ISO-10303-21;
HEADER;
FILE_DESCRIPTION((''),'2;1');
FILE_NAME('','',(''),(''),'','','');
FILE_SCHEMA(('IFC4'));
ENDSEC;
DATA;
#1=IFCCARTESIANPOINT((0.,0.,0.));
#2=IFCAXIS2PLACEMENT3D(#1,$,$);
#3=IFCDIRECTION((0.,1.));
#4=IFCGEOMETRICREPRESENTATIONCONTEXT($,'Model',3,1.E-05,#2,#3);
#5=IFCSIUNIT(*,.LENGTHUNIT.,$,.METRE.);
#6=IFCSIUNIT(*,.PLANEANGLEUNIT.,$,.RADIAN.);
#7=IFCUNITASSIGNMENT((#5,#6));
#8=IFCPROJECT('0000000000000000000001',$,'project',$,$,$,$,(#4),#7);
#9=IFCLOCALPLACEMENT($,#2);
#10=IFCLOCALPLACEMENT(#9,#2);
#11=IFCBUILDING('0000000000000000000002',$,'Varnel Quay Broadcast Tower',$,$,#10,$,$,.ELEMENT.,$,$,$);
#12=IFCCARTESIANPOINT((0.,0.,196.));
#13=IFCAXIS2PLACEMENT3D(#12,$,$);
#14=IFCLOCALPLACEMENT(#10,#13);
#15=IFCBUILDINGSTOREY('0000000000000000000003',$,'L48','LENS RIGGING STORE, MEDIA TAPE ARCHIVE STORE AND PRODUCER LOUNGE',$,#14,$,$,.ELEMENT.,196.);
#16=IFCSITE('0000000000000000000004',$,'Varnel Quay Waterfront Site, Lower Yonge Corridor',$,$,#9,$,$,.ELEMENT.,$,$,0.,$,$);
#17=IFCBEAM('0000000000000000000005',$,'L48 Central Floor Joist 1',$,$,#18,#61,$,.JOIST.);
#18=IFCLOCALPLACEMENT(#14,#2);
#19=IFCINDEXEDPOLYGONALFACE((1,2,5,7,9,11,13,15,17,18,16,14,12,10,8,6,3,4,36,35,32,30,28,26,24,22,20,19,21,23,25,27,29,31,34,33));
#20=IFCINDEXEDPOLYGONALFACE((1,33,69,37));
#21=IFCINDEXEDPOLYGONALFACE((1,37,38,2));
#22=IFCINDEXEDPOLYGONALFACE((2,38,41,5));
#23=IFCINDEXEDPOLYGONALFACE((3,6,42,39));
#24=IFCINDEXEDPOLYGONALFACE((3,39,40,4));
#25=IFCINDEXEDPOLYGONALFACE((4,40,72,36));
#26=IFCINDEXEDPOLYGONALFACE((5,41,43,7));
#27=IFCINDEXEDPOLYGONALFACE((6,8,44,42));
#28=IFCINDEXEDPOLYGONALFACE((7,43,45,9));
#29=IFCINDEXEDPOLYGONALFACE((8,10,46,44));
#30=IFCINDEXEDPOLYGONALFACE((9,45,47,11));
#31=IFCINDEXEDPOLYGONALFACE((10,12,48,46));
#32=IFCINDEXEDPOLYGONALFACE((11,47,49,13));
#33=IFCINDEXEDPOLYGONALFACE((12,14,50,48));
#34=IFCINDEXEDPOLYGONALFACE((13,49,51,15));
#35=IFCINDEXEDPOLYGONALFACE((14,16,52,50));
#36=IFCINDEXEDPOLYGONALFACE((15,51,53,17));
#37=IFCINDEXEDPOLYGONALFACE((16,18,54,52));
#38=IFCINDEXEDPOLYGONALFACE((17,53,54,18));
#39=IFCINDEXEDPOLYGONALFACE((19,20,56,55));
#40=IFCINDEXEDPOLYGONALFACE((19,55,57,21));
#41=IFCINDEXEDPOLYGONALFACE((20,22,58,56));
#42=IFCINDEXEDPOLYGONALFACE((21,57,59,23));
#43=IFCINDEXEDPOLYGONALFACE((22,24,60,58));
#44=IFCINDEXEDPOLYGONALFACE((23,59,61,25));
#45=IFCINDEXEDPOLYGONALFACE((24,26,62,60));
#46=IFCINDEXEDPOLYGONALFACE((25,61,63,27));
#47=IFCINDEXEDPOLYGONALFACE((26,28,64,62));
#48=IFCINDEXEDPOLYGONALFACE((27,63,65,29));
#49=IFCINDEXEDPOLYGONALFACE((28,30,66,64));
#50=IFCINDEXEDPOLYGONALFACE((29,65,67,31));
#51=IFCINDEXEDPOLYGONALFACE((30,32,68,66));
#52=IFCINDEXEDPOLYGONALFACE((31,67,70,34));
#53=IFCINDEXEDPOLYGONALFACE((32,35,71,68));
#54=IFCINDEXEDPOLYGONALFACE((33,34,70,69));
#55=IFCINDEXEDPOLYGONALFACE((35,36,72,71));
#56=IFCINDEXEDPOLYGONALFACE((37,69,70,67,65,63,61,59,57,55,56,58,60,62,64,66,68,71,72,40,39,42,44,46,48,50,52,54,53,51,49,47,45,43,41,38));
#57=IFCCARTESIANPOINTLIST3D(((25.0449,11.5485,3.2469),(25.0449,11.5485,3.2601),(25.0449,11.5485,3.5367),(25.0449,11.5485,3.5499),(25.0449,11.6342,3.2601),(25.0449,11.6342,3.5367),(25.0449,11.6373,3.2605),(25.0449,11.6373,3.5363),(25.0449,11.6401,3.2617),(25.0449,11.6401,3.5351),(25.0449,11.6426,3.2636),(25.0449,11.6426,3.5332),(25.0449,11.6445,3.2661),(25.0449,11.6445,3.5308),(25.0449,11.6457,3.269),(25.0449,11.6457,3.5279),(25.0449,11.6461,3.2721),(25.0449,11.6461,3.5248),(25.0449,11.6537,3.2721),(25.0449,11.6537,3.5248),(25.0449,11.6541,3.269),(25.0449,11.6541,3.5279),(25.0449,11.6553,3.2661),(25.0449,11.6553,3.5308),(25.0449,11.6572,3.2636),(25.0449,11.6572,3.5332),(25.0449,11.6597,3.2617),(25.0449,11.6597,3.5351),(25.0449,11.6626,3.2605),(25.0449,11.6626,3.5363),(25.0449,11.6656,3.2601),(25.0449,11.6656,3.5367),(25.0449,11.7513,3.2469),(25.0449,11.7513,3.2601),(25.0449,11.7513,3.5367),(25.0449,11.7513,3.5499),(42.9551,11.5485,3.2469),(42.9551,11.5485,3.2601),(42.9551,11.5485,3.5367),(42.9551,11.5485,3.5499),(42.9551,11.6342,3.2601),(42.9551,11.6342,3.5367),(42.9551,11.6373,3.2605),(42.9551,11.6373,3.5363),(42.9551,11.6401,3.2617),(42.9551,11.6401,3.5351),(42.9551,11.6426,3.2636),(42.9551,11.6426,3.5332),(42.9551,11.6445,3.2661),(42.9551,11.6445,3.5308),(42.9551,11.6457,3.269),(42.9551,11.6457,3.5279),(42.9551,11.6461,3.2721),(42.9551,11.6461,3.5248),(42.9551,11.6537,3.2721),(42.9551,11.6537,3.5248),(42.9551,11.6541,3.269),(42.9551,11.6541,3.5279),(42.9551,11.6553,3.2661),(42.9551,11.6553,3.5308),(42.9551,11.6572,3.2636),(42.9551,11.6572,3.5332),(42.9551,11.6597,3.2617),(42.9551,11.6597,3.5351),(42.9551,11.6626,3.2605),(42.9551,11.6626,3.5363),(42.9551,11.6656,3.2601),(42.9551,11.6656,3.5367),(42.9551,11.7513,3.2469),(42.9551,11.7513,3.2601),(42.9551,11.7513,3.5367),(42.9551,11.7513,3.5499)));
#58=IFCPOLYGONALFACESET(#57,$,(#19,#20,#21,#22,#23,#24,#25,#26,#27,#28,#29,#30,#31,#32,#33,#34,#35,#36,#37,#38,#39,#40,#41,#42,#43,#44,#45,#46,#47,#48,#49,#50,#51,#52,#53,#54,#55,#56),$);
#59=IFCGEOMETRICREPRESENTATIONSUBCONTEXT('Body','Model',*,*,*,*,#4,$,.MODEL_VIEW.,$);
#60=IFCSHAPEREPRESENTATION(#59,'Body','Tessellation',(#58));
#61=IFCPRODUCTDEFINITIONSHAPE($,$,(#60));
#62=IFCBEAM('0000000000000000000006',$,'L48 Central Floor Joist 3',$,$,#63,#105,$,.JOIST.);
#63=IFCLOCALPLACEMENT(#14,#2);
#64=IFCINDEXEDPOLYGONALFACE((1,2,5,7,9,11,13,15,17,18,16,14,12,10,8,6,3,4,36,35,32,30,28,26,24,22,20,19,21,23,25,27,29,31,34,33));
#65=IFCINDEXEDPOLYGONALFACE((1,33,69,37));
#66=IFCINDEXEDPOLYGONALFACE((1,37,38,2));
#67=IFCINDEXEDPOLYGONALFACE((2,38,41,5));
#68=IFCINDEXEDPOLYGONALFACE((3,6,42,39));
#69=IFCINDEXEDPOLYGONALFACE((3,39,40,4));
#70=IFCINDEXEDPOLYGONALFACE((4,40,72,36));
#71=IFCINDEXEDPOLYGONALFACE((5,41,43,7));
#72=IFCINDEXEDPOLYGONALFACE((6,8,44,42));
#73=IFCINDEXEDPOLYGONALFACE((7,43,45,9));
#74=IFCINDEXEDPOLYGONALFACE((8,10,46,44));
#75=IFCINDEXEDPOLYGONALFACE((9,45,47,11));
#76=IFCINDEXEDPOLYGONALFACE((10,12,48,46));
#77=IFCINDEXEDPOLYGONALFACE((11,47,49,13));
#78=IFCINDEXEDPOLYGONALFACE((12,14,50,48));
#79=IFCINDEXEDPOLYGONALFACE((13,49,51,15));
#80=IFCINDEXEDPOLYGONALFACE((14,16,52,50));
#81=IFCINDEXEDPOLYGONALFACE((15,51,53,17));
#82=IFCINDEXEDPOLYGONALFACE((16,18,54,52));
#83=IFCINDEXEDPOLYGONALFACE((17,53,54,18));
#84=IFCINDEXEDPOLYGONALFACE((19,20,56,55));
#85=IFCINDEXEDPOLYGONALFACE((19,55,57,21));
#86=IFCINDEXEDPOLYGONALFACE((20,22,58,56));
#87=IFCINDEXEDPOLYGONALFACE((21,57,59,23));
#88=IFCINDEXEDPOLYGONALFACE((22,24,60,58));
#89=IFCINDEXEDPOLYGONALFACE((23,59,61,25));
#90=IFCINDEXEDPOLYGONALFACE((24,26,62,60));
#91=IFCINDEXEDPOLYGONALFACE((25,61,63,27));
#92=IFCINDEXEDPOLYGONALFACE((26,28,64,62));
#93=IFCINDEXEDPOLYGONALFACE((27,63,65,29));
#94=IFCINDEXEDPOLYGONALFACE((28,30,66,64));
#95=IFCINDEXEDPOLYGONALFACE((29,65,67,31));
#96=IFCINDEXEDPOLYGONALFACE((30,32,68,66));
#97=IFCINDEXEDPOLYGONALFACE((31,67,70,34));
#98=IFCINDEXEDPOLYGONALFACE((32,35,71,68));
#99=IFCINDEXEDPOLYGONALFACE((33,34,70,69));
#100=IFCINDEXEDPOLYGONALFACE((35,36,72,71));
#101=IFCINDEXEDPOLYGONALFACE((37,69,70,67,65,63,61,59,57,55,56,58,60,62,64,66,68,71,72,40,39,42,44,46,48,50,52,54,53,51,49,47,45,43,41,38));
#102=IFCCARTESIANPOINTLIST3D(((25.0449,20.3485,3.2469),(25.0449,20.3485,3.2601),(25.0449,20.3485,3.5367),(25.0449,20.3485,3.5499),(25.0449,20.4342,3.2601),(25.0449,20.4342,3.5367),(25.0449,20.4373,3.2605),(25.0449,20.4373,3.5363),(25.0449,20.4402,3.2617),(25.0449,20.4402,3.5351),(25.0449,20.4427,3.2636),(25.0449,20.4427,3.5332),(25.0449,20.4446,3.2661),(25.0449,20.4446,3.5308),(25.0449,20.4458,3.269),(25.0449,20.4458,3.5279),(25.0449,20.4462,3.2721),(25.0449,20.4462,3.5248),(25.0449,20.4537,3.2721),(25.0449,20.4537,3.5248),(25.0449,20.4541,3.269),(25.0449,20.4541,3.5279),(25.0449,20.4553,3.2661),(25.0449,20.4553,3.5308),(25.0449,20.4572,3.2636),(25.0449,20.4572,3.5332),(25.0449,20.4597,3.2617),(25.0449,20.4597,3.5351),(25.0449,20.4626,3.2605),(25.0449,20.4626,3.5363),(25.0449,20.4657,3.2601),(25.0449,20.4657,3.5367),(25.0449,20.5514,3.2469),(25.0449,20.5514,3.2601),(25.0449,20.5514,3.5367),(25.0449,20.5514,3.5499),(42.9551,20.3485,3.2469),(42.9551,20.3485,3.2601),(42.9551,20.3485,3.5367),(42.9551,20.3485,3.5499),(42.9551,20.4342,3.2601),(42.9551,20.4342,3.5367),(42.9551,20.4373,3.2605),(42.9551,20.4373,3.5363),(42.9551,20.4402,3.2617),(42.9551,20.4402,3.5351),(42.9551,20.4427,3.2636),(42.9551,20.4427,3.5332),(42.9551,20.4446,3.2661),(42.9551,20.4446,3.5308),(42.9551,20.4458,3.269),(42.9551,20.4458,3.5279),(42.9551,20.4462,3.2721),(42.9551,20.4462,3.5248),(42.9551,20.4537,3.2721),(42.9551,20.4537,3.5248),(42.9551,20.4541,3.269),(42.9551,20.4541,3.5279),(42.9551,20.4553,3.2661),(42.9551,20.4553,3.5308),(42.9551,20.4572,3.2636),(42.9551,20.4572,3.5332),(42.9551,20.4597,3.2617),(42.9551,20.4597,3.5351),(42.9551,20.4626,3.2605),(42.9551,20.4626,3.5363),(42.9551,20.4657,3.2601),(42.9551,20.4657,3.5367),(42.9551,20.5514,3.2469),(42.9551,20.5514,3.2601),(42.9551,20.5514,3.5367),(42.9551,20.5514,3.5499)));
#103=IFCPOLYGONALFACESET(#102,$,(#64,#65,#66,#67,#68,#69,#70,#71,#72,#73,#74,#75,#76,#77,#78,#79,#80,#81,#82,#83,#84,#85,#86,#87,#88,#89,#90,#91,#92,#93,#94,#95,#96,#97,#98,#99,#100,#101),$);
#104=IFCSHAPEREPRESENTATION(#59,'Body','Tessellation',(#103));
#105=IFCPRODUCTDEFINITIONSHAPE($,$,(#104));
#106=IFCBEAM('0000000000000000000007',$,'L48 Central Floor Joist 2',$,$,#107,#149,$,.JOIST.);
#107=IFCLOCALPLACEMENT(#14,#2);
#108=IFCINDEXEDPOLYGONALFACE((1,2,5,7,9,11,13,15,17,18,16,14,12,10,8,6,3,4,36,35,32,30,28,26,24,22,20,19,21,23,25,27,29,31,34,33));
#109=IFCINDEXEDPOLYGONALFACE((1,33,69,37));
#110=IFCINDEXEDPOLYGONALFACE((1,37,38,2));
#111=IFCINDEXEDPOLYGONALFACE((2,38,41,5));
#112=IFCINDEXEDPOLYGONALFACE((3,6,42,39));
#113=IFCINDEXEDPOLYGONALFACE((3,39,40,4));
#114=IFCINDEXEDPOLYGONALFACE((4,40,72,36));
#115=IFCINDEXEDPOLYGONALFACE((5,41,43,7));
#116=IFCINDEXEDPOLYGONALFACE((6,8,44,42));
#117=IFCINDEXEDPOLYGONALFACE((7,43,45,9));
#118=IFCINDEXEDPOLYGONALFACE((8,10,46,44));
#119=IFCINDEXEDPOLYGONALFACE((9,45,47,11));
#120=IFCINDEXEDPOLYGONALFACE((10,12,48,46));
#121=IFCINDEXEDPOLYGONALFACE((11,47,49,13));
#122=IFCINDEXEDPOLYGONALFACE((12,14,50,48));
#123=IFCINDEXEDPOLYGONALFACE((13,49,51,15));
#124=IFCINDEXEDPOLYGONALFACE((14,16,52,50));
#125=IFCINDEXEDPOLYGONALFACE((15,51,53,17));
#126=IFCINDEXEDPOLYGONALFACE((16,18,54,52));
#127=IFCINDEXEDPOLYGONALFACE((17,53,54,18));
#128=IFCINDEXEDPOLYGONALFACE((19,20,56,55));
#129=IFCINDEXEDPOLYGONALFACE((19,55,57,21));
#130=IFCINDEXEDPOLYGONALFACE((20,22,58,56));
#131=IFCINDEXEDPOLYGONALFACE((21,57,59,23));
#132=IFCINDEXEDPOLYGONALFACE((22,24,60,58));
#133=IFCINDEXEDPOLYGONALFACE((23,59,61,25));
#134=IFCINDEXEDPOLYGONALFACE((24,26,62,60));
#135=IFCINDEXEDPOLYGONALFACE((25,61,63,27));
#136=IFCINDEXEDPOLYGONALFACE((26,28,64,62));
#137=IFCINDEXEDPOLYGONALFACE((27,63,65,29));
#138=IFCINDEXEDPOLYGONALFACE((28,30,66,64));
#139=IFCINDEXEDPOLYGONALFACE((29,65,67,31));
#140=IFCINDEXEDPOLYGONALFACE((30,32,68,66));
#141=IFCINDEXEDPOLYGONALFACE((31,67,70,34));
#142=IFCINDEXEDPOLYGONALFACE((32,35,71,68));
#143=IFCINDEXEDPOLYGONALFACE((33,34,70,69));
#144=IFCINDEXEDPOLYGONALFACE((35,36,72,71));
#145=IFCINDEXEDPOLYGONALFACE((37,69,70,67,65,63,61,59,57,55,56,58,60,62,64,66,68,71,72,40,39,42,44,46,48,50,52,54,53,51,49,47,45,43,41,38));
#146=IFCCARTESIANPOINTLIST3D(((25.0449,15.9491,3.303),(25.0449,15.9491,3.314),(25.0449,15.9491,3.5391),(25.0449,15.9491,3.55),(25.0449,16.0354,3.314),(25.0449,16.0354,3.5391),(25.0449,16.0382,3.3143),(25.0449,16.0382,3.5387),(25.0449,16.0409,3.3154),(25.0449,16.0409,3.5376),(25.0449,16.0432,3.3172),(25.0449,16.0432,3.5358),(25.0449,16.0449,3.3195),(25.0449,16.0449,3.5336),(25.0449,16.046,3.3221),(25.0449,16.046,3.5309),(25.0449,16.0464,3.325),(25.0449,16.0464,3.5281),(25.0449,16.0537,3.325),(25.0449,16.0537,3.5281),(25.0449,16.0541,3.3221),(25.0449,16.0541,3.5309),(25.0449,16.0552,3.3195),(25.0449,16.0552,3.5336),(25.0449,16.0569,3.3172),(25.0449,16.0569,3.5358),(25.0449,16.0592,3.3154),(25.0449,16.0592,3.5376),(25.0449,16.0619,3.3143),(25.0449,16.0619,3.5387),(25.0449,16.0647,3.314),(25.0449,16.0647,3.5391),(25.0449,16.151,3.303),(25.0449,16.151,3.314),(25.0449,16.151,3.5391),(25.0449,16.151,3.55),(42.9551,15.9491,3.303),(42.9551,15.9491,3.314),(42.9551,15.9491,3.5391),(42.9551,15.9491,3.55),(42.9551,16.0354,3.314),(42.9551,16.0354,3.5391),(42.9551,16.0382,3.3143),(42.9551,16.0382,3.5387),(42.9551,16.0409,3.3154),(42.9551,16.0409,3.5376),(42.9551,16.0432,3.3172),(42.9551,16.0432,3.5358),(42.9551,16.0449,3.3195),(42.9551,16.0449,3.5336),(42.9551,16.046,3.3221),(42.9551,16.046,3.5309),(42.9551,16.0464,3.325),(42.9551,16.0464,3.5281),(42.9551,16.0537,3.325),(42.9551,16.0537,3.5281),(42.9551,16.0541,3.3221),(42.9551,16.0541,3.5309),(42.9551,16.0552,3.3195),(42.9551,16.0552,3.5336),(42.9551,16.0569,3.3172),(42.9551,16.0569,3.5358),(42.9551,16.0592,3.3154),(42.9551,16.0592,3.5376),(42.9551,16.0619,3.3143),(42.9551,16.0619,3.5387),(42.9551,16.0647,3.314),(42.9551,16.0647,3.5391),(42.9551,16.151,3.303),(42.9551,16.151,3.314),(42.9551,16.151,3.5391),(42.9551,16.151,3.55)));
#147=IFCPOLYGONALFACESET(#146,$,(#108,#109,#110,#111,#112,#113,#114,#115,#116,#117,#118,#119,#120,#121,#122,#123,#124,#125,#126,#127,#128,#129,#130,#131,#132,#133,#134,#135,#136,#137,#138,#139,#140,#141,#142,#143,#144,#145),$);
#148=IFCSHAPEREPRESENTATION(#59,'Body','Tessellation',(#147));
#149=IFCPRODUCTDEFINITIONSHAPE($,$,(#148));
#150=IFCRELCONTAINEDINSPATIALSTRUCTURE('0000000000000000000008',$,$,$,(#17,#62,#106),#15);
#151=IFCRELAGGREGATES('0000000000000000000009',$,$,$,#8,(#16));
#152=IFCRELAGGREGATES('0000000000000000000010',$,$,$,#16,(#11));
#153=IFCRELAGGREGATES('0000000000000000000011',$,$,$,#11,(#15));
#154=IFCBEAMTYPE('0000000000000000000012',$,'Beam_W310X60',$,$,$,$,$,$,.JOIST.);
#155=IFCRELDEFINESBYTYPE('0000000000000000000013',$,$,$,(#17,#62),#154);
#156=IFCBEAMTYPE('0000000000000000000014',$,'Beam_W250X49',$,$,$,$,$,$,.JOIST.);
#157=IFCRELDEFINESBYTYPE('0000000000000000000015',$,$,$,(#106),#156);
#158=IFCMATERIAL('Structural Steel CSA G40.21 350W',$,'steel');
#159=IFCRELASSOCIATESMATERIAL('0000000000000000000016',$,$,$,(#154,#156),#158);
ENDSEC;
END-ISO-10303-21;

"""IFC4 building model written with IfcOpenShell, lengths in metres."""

from ifc_helpers import new_model, si_unit, direction, frame, origin, origin_2d, place, context, subcontext, project, spatial, i_section, extrude, source, transform, mapped, material, material_profile, profile_set, type_object, type_shapes, element, save


model = new_model("IFC4")

# Units and contexts
model_context = context("Model", 3, precision=1e-05, world=origin(), true_north=direction((0.0, 1.0)))
body_context = subcontext(model_context, "Body", "Model", "MODEL_VIEW")
ifc_project = project(units=[si_unit("LENGTHUNIT", "METRE"), si_unit("PLANEANGLEUNIT", "RADIAN")], contexts=[model_context])

# Site, building, storey
site_placement = place(None, origin())
site = spatial("IfcSite", under=ifc_project, at=site_placement, Name="Varnel Quay Waterfront Site, Lower Yonge Corridor", CompositionType="ELEMENT", RefElevation=0.0)
building_placement = place(site_placement, origin())
building = spatial("IfcBuilding", under=site, at=building_placement, Name="Varnel Quay Broadcast Tower", CompositionType="ELEMENT")
storey_placement = place(building_placement, frame((0.0, 0.0, 196.0)))
storey = spatial("IfcBuildingStorey", under=building, at=storey_placement, Name="L48", Description="LENS RIGGING STORE, MEDIA TAPE ARCHIVE STORE AND PRODUCER LOUNGE", CompositionType="ELEMENT", Elevation=196.0)

# Shared definitions
ifc_material_1 = material(Name="Structural Steel CSA G40.21 350W", Category="steel")

# Beams
ifc_material_profile_1 = material_profile(ifc_material_1, i_section(OverallWidth=0.2029, OverallDepth=0.303, WebThickness=0.0076, FlangeThickness=0.0132, FilletRadius=0.012, at=origin_2d()), Name="W310X60")
ifc_profile_set_1 = profile_set([ifc_material_profile_1], Name="Structural Steel CSA G40.21 350W")
beam_type_1 = type_object("IfcBeamType", Name="Beam_W310X60", PredefinedType="JOIST", material=ifc_profile_set_1)
shared_shape_1 = source(origin(), body_context, "Body", "SweptSolid", [
    extrude(i_section(OverallWidth=0.2029, OverallDepth=0.303, WebThickness=0.0076, FlangeThickness=0.0132, FilletRadius=0.012, at=origin_2d()), origin(), (0.0, 0.0, 1.0), 17.9102),
])
type_shapes(beam_type_1, [shared_shape_1])
for number, where, z_axis, x_axis, name in (
    (1, (25.0449, 11.6499, 3.3984), (1.0, 0.0, 0.0), (0.0, 1.0, 0.0), "L48 Central Floor Joist 1"),
    (2, (25.0449, 20.45, 3.3984), (1.0, 0.0, 0.0), (0.0, 1.0, 0.0), "L48 Central Floor Joist 3"),
):
    element("IfcBeam", number, at=place(storey_placement, frame(where, z_axis=z_axis, x_axis=x_axis)), inside=storey, type_object=beam_type_1, Name=name, PredefinedType="JOIST", context=body_context, shape_type="MappedRepresentation", body=[
        mapped(shared_shape_1, transform((0.0, 0.0, 0.0), x_axis=(1.0, 0.0, 0.0), y_axis=(0.0, 1.0, 0.0), z_axis=(0.0, 0.0, 1.0), scale=1.0)),
    ])
ifc_material_profile_2 = material_profile(ifc_material_1, i_section(OverallWidth=0.2019, OverallDepth=0.2471, WebThickness=0.0073, FlangeThickness=0.011, FilletRadius=0.011, at=origin_2d()), Name="W250X49")
ifc_profile_set_2 = profile_set([ifc_material_profile_2], Name="Structural Steel CSA G40.21 350W")
beam_type_2 = type_object("IfcBeamType", Name="Beam_W250X49", PredefinedType="JOIST", material=ifc_profile_set_2)
shared_shape_2 = source(origin(), body_context, "Body", "SweptSolid", [
    extrude(i_section(OverallWidth=0.2019, OverallDepth=0.2471, WebThickness=0.0073, FlangeThickness=0.011, FilletRadius=0.011, at=origin_2d()), origin(), (0.0, 0.0, 1.0), 17.9102),
])
type_shapes(beam_type_2, [shared_shape_2])
beam_1_placement = place(storey_placement, frame((25.0449, 16.05, 3.4265), z_axis=(1.0, 0.0, 0.0), x_axis=(0.0, 1.0, 0.0)))
element("IfcBeam", 3, at=beam_1_placement, inside=storey, type_object=beam_type_2, Name="L48 Central Floor Joist 2", PredefinedType="JOIST", context=body_context, shape_type="MappedRepresentation", body=[
    mapped(shared_shape_2, transform((0.0, 0.0, 0.0), x_axis=(1.0, 0.0, 0.0), y_axis=(0.0, 1.0, 0.0), z_axis=(0.0, 0.0, 1.0), scale=1.0)),
])

save(model, "model.ifc")
